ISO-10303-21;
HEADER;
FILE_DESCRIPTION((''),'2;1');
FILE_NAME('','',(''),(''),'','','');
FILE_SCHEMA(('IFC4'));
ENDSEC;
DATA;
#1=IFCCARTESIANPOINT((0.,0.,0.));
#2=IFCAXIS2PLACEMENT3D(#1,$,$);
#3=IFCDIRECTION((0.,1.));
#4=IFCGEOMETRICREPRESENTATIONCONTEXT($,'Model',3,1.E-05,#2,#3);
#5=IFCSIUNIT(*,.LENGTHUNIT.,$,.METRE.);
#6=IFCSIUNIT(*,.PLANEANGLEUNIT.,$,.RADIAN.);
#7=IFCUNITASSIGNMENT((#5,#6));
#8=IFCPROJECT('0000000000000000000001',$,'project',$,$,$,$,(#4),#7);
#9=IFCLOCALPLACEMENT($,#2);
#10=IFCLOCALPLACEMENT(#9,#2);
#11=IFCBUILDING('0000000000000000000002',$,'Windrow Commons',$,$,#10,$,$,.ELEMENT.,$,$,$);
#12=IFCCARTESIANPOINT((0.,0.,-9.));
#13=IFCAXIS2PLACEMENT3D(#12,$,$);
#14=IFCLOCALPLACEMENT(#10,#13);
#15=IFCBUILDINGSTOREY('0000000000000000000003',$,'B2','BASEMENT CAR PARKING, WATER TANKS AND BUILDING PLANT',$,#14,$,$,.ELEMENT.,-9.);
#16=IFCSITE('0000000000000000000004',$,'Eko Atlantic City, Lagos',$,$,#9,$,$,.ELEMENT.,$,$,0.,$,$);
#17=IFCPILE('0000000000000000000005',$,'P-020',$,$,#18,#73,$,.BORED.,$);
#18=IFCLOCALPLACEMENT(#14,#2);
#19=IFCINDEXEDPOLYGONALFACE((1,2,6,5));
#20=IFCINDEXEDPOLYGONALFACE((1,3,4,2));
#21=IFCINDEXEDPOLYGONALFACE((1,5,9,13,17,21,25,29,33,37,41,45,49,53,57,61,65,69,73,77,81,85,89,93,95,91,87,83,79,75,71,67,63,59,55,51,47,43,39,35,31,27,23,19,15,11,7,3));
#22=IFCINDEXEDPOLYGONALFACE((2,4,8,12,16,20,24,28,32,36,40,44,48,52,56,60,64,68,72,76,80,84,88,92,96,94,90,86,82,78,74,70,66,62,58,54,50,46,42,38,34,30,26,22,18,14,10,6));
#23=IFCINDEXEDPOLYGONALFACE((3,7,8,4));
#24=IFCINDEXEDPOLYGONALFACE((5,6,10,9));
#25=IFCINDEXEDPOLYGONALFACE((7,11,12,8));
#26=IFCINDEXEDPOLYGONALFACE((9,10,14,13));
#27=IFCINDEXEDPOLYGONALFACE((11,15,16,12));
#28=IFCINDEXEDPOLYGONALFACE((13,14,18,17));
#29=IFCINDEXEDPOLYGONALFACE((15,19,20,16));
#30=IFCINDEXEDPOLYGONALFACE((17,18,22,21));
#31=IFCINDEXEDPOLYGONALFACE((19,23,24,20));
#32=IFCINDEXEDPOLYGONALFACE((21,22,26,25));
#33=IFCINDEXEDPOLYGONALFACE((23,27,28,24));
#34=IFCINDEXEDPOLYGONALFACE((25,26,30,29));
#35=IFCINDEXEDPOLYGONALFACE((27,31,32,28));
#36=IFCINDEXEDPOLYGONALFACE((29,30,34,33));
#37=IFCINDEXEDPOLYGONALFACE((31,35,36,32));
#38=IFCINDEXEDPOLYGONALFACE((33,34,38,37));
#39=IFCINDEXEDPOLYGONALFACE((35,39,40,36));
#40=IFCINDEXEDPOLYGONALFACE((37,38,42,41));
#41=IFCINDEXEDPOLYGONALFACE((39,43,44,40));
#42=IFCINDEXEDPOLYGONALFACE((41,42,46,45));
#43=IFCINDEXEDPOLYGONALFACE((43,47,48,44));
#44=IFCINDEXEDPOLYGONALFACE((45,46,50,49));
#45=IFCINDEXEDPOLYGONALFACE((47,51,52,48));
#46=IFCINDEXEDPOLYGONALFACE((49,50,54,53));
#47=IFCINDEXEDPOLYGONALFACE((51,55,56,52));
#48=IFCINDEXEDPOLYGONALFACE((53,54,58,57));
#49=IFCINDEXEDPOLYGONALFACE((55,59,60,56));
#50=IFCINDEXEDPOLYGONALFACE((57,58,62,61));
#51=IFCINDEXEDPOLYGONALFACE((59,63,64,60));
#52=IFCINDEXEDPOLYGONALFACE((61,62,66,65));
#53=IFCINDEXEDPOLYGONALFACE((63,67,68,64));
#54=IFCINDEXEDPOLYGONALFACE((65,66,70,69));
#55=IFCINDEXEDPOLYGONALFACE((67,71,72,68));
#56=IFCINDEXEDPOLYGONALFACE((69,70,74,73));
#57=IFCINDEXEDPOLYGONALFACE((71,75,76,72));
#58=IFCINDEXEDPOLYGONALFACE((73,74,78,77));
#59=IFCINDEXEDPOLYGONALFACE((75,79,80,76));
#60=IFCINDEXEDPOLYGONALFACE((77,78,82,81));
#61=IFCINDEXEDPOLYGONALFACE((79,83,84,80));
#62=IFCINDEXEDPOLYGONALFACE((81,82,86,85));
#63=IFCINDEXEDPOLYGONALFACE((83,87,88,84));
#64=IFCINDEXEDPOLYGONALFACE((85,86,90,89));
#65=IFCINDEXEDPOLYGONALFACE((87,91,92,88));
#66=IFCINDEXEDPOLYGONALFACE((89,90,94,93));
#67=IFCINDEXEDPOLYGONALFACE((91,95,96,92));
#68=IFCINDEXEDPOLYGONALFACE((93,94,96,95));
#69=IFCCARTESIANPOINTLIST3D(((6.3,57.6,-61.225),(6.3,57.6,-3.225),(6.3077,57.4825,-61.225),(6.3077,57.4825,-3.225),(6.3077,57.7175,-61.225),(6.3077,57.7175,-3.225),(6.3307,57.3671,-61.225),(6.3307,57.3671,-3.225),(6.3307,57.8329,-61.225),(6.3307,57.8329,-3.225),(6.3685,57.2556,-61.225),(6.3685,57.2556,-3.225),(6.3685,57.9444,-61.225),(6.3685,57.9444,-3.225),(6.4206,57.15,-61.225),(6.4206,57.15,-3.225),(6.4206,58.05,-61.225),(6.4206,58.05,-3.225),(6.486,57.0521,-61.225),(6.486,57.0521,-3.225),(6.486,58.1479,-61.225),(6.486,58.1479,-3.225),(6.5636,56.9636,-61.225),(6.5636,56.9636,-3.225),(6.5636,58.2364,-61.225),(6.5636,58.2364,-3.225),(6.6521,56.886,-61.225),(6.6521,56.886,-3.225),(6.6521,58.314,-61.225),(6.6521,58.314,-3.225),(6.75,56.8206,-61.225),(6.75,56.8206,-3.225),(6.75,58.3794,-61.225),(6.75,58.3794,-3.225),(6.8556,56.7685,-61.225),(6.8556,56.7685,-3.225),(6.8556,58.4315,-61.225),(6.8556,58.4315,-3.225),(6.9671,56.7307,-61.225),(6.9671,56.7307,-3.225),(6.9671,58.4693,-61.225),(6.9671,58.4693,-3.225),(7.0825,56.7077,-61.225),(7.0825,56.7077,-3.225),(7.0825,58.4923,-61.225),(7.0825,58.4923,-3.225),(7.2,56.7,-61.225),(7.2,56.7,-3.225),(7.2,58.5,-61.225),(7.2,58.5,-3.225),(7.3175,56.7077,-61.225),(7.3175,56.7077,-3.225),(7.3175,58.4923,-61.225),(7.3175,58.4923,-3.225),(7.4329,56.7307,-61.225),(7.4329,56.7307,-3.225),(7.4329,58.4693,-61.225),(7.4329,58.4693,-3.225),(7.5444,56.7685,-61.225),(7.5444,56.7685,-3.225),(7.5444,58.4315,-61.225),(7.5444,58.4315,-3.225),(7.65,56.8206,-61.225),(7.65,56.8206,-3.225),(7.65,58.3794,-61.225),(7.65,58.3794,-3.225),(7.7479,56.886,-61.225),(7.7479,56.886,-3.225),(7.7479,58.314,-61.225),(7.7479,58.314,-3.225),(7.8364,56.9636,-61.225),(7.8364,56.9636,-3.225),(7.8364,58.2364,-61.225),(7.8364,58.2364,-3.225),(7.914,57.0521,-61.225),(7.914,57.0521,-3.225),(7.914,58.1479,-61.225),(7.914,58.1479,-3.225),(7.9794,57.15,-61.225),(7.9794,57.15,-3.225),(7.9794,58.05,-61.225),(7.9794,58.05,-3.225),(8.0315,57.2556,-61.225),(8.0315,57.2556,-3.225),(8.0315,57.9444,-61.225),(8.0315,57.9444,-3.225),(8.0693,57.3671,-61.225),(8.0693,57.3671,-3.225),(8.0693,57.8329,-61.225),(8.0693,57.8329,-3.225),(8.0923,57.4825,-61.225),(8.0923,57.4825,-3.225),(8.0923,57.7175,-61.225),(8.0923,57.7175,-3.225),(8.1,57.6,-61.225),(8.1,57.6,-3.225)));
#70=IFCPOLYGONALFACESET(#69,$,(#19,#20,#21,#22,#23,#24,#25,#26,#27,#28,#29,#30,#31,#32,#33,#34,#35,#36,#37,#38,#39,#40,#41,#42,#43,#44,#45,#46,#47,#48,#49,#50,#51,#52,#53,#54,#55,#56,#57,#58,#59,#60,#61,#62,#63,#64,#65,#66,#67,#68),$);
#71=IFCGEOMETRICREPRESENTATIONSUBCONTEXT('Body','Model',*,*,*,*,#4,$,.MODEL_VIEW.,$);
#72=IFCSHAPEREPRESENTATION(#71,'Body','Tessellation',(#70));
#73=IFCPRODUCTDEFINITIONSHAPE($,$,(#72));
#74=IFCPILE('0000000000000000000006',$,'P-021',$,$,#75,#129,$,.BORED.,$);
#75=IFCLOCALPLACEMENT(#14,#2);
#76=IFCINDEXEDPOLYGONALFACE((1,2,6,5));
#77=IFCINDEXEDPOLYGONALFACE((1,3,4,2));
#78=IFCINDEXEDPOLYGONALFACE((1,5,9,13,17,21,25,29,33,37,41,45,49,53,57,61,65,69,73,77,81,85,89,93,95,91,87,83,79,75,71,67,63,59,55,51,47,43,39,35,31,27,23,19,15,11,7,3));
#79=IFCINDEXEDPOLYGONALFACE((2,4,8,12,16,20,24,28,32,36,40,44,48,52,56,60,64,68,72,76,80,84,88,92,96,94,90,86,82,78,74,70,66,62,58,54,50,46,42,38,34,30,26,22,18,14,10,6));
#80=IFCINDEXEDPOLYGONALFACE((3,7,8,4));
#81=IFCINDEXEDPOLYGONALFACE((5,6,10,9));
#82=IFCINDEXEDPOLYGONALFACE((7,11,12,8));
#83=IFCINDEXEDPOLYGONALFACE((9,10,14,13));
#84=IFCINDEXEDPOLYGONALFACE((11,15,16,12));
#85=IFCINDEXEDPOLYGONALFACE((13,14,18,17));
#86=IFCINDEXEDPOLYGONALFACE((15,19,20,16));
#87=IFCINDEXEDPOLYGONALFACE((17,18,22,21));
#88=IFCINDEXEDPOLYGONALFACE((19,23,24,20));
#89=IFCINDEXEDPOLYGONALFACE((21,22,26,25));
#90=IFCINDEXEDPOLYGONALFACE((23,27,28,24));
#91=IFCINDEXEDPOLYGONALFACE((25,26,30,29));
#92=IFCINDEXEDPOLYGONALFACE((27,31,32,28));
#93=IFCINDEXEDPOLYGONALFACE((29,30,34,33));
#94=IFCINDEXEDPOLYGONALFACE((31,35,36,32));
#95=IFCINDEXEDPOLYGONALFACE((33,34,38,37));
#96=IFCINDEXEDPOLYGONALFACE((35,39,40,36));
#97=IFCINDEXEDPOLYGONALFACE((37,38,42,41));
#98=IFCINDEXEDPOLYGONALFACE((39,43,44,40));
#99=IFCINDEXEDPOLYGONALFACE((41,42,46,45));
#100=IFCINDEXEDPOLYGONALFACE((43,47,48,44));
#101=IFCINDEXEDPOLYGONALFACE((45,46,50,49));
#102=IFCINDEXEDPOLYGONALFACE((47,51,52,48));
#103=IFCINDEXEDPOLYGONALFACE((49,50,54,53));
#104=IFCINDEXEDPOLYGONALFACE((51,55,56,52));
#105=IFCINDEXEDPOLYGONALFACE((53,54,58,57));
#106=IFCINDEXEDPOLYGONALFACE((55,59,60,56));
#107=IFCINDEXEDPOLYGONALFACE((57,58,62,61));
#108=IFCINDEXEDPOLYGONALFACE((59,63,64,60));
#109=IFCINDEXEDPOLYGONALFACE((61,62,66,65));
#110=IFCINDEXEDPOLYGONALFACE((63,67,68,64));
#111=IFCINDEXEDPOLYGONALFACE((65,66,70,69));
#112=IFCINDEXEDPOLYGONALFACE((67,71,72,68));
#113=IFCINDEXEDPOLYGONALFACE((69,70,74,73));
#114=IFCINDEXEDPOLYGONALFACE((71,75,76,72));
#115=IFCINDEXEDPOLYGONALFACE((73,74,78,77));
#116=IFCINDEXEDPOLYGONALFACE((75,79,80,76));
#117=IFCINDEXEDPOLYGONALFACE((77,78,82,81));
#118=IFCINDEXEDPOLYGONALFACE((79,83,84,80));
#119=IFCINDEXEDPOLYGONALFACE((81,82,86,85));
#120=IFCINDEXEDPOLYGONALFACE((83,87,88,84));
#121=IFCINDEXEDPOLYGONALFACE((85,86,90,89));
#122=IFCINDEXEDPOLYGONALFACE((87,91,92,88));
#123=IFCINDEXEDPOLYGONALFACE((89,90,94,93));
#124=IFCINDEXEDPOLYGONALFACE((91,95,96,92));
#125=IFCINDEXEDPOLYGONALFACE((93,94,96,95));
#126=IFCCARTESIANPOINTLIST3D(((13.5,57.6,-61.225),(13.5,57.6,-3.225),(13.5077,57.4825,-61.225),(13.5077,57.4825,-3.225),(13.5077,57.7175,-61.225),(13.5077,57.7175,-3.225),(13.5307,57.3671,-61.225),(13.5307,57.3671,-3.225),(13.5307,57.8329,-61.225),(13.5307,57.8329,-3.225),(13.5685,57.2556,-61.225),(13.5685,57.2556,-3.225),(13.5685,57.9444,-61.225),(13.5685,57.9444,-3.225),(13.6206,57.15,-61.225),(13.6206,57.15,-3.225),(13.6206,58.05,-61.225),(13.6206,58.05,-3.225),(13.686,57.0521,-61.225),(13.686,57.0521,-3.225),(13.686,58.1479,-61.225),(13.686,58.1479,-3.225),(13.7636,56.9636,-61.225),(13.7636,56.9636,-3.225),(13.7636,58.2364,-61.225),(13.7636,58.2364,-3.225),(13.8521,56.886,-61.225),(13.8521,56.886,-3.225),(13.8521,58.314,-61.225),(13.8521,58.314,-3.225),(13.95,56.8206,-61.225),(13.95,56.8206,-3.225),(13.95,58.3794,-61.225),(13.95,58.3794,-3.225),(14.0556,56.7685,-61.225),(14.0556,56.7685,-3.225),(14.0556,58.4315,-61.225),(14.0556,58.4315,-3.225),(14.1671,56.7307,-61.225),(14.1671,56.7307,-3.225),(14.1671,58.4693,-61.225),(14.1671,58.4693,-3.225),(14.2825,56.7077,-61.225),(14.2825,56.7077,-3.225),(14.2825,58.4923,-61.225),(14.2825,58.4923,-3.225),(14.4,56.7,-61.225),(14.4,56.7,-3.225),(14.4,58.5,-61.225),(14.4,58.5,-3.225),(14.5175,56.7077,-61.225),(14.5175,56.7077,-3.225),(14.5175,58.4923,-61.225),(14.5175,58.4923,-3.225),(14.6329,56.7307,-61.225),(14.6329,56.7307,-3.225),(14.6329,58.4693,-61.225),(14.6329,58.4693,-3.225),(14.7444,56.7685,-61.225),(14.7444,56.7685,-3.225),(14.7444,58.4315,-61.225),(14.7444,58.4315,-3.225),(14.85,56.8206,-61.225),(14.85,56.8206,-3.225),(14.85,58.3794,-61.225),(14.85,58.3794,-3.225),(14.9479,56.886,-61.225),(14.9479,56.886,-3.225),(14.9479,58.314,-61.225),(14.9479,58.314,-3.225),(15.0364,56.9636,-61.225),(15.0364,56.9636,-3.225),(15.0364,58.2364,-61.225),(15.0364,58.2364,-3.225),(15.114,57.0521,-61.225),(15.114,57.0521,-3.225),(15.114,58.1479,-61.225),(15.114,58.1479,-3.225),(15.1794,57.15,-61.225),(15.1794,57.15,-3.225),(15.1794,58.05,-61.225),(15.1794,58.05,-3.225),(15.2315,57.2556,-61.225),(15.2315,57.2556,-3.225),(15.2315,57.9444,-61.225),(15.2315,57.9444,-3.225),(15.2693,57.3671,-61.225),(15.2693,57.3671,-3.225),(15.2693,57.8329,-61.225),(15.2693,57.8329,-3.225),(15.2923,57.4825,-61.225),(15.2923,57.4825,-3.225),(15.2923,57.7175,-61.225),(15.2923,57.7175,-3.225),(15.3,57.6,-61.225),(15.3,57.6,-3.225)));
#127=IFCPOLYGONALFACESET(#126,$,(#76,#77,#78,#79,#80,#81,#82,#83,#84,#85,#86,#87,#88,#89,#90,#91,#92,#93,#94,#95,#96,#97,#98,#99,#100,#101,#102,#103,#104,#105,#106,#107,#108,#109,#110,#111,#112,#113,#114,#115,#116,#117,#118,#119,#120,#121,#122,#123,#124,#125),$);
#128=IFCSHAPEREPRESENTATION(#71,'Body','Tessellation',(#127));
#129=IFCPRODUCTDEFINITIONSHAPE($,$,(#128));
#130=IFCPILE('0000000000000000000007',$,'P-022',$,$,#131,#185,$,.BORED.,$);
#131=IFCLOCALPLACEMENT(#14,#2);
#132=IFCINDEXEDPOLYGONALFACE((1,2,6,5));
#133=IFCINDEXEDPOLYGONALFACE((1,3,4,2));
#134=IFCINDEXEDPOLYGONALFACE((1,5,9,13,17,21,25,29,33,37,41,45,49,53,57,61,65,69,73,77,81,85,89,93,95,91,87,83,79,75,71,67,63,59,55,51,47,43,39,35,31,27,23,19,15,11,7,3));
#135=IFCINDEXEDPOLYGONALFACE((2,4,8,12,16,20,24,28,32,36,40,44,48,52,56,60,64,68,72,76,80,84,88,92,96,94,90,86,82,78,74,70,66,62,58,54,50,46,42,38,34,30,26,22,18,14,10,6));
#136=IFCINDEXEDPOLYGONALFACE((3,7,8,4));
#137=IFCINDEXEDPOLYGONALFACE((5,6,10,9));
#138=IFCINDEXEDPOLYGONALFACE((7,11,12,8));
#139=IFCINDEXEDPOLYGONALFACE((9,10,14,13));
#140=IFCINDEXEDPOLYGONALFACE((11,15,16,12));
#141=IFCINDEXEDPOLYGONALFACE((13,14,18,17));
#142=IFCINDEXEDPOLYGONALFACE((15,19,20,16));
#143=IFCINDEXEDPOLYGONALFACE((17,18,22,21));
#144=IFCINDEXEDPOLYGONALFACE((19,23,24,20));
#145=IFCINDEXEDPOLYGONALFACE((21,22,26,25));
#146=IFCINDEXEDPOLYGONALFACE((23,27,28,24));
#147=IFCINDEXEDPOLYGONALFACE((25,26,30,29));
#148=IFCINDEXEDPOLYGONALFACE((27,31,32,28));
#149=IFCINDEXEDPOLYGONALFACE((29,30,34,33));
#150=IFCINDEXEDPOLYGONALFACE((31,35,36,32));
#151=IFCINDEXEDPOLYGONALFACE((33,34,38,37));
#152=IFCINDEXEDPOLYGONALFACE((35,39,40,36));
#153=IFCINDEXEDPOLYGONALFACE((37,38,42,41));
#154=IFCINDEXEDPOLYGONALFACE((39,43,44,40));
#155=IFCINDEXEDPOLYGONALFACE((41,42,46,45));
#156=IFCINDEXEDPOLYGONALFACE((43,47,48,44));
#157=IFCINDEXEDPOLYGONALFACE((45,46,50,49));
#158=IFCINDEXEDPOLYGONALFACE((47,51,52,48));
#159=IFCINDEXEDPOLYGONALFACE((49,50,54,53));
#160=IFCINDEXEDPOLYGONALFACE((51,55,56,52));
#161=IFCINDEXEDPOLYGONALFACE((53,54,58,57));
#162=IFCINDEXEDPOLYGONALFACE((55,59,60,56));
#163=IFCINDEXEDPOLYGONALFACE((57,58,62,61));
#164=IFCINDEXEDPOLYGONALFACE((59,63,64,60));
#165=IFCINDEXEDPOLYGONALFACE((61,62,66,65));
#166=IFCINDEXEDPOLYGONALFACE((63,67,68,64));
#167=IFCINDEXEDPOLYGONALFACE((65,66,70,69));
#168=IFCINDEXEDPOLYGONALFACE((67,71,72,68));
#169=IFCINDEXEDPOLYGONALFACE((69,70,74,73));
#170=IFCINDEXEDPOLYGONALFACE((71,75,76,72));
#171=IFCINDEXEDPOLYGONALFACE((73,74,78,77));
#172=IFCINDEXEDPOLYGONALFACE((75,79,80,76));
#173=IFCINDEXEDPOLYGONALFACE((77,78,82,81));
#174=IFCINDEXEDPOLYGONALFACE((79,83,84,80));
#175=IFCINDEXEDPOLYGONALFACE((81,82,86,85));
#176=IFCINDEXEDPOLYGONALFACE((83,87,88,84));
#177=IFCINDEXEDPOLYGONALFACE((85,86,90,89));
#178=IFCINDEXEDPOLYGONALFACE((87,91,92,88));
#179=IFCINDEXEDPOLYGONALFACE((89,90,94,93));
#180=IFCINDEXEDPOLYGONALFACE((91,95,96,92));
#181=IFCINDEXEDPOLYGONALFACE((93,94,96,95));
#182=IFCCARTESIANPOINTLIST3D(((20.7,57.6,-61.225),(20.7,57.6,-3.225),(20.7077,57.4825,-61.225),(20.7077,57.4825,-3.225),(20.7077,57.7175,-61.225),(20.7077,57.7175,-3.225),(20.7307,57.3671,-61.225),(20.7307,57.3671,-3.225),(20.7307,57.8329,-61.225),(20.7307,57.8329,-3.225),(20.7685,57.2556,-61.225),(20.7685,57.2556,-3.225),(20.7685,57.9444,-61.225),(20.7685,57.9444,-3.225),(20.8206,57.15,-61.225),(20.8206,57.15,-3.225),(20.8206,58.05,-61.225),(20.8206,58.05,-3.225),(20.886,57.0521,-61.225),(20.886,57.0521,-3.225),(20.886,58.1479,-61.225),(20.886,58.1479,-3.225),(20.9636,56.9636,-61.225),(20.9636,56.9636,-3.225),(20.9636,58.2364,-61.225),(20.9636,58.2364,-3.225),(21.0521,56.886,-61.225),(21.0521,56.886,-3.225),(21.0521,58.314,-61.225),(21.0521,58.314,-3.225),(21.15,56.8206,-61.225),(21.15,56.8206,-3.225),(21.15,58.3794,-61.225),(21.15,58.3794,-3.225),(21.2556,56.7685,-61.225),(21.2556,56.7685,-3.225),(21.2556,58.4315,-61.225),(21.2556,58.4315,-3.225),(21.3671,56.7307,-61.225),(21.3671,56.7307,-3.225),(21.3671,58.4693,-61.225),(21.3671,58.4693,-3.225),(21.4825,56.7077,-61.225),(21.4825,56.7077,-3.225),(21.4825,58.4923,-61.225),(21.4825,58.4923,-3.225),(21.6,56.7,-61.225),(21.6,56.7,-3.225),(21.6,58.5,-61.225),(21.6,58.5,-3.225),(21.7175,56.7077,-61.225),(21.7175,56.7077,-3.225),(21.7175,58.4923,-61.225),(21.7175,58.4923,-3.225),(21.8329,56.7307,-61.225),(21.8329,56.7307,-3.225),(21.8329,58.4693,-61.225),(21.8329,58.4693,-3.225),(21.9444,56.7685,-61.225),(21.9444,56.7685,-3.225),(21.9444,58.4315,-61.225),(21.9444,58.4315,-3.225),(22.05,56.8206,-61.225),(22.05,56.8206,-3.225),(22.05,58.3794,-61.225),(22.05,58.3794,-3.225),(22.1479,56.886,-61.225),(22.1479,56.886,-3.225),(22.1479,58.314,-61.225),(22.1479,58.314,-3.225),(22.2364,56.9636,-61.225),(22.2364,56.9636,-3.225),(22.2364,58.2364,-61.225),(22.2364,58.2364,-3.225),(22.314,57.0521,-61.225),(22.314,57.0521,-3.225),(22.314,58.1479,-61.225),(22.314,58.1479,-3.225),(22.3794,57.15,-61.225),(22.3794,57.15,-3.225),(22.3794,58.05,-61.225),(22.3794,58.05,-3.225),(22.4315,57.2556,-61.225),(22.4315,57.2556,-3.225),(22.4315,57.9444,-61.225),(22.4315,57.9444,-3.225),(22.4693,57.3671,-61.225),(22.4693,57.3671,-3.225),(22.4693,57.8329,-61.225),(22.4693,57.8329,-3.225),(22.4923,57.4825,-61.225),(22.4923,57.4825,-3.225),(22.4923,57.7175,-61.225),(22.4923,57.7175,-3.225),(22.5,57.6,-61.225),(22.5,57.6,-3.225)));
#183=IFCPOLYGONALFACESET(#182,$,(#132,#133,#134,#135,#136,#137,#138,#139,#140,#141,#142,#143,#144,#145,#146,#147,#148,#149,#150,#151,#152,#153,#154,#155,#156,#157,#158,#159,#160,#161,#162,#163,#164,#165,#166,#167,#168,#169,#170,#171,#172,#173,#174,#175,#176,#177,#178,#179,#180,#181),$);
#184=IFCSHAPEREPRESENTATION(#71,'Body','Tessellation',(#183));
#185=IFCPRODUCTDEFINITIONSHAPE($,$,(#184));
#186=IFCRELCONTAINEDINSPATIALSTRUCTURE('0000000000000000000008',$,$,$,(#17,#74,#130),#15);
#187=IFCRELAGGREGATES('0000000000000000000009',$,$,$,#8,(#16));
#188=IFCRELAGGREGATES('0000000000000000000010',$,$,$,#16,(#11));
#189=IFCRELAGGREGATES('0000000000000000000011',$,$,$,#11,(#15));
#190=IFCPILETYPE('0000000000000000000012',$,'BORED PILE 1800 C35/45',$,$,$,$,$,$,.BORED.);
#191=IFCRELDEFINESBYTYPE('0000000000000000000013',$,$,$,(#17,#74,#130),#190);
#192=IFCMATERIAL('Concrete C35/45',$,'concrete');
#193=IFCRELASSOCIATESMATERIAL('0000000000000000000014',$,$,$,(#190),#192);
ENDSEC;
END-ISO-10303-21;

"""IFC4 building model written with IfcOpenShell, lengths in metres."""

from ifc_helpers import new_model, si_unit, direction, frame, origin, origin_2d, place, context, subcontext, project, spatial, circle, extrude, material, material_profile, profile_set, type_object, element, save


model = new_model("IFC4")

# Units and contexts
model_context = context("Model", 3, precision=1e-05, world=origin(), true_north=direction((0.0, 1.0)))
body_context = subcontext(model_context, "Body", "Model", "MODEL_VIEW")
ifc_project = project(units=[si_unit("LENGTHUNIT", "METRE"), si_unit("PLANEANGLEUNIT", "RADIAN")], contexts=[model_context])

# Site, building, storey
site_placement = place(None, origin())
site = spatial("IfcSite", under=ifc_project, at=site_placement, Name="Eko Atlantic City, Lagos", CompositionType="ELEMENT", RefElevation=0.0)
building_placement = place(site_placement, origin())
building = spatial("IfcBuilding", under=site, at=building_placement, Name="Windrow Commons", CompositionType="ELEMENT")
storey_placement = place(building_placement, frame((0.0, 0.0, -9.0)))
storey = spatial("IfcBuildingStorey", under=building, at=storey_placement, Name="B2", Description="BASEMENT CAR PARKING, WATER TANKS AND BUILDING PLANT", CompositionType="ELEMENT", Elevation=-9.0)

# Piles
ifc_material_1 = material(Name="Concrete C35/45", Category="concrete")
ifc_material_profile_1 = material_profile(ifc_material_1, circle(Radius=0.9, at=origin_2d()))
ifc_profile_set_1 = profile_set([ifc_material_profile_1], Name="Concrete C35/45")
pile_type = type_object("IfcPileType", Name="BORED PILE 1800 C35/45", PredefinedType="BORED", material=ifc_profile_set_1)
for number, where, z_axis, x_axis, name in (
    (1, (7.2, 57.6, -3.225), (0.0, 0.0, -1.0), (1.0, 0.0, 0.0), "P-020"),
    (2, (14.4, 57.6, -3.225), (0.0, 0.0, -1.0), (1.0, 0.0, 0.0), "P-021"),
    (3, (21.6, 57.6, -3.225), (0.0, 0.0, -1.0), (1.0, 0.0, 0.0), "P-022"),
):
    element("IfcPile", number, at=place(storey_placement, frame(where, z_axis=z_axis, x_axis=x_axis)), inside=storey, type_object=pile_type, Name=name, PredefinedType="BORED", context=body_context, shape_type="SweptSolid", body=[
        extrude(circle(Radius=0.9, at=origin_2d()), origin(), (0.0, 0.0, 1.0), 58.0),
    ])

save(model, "model.ifc")
